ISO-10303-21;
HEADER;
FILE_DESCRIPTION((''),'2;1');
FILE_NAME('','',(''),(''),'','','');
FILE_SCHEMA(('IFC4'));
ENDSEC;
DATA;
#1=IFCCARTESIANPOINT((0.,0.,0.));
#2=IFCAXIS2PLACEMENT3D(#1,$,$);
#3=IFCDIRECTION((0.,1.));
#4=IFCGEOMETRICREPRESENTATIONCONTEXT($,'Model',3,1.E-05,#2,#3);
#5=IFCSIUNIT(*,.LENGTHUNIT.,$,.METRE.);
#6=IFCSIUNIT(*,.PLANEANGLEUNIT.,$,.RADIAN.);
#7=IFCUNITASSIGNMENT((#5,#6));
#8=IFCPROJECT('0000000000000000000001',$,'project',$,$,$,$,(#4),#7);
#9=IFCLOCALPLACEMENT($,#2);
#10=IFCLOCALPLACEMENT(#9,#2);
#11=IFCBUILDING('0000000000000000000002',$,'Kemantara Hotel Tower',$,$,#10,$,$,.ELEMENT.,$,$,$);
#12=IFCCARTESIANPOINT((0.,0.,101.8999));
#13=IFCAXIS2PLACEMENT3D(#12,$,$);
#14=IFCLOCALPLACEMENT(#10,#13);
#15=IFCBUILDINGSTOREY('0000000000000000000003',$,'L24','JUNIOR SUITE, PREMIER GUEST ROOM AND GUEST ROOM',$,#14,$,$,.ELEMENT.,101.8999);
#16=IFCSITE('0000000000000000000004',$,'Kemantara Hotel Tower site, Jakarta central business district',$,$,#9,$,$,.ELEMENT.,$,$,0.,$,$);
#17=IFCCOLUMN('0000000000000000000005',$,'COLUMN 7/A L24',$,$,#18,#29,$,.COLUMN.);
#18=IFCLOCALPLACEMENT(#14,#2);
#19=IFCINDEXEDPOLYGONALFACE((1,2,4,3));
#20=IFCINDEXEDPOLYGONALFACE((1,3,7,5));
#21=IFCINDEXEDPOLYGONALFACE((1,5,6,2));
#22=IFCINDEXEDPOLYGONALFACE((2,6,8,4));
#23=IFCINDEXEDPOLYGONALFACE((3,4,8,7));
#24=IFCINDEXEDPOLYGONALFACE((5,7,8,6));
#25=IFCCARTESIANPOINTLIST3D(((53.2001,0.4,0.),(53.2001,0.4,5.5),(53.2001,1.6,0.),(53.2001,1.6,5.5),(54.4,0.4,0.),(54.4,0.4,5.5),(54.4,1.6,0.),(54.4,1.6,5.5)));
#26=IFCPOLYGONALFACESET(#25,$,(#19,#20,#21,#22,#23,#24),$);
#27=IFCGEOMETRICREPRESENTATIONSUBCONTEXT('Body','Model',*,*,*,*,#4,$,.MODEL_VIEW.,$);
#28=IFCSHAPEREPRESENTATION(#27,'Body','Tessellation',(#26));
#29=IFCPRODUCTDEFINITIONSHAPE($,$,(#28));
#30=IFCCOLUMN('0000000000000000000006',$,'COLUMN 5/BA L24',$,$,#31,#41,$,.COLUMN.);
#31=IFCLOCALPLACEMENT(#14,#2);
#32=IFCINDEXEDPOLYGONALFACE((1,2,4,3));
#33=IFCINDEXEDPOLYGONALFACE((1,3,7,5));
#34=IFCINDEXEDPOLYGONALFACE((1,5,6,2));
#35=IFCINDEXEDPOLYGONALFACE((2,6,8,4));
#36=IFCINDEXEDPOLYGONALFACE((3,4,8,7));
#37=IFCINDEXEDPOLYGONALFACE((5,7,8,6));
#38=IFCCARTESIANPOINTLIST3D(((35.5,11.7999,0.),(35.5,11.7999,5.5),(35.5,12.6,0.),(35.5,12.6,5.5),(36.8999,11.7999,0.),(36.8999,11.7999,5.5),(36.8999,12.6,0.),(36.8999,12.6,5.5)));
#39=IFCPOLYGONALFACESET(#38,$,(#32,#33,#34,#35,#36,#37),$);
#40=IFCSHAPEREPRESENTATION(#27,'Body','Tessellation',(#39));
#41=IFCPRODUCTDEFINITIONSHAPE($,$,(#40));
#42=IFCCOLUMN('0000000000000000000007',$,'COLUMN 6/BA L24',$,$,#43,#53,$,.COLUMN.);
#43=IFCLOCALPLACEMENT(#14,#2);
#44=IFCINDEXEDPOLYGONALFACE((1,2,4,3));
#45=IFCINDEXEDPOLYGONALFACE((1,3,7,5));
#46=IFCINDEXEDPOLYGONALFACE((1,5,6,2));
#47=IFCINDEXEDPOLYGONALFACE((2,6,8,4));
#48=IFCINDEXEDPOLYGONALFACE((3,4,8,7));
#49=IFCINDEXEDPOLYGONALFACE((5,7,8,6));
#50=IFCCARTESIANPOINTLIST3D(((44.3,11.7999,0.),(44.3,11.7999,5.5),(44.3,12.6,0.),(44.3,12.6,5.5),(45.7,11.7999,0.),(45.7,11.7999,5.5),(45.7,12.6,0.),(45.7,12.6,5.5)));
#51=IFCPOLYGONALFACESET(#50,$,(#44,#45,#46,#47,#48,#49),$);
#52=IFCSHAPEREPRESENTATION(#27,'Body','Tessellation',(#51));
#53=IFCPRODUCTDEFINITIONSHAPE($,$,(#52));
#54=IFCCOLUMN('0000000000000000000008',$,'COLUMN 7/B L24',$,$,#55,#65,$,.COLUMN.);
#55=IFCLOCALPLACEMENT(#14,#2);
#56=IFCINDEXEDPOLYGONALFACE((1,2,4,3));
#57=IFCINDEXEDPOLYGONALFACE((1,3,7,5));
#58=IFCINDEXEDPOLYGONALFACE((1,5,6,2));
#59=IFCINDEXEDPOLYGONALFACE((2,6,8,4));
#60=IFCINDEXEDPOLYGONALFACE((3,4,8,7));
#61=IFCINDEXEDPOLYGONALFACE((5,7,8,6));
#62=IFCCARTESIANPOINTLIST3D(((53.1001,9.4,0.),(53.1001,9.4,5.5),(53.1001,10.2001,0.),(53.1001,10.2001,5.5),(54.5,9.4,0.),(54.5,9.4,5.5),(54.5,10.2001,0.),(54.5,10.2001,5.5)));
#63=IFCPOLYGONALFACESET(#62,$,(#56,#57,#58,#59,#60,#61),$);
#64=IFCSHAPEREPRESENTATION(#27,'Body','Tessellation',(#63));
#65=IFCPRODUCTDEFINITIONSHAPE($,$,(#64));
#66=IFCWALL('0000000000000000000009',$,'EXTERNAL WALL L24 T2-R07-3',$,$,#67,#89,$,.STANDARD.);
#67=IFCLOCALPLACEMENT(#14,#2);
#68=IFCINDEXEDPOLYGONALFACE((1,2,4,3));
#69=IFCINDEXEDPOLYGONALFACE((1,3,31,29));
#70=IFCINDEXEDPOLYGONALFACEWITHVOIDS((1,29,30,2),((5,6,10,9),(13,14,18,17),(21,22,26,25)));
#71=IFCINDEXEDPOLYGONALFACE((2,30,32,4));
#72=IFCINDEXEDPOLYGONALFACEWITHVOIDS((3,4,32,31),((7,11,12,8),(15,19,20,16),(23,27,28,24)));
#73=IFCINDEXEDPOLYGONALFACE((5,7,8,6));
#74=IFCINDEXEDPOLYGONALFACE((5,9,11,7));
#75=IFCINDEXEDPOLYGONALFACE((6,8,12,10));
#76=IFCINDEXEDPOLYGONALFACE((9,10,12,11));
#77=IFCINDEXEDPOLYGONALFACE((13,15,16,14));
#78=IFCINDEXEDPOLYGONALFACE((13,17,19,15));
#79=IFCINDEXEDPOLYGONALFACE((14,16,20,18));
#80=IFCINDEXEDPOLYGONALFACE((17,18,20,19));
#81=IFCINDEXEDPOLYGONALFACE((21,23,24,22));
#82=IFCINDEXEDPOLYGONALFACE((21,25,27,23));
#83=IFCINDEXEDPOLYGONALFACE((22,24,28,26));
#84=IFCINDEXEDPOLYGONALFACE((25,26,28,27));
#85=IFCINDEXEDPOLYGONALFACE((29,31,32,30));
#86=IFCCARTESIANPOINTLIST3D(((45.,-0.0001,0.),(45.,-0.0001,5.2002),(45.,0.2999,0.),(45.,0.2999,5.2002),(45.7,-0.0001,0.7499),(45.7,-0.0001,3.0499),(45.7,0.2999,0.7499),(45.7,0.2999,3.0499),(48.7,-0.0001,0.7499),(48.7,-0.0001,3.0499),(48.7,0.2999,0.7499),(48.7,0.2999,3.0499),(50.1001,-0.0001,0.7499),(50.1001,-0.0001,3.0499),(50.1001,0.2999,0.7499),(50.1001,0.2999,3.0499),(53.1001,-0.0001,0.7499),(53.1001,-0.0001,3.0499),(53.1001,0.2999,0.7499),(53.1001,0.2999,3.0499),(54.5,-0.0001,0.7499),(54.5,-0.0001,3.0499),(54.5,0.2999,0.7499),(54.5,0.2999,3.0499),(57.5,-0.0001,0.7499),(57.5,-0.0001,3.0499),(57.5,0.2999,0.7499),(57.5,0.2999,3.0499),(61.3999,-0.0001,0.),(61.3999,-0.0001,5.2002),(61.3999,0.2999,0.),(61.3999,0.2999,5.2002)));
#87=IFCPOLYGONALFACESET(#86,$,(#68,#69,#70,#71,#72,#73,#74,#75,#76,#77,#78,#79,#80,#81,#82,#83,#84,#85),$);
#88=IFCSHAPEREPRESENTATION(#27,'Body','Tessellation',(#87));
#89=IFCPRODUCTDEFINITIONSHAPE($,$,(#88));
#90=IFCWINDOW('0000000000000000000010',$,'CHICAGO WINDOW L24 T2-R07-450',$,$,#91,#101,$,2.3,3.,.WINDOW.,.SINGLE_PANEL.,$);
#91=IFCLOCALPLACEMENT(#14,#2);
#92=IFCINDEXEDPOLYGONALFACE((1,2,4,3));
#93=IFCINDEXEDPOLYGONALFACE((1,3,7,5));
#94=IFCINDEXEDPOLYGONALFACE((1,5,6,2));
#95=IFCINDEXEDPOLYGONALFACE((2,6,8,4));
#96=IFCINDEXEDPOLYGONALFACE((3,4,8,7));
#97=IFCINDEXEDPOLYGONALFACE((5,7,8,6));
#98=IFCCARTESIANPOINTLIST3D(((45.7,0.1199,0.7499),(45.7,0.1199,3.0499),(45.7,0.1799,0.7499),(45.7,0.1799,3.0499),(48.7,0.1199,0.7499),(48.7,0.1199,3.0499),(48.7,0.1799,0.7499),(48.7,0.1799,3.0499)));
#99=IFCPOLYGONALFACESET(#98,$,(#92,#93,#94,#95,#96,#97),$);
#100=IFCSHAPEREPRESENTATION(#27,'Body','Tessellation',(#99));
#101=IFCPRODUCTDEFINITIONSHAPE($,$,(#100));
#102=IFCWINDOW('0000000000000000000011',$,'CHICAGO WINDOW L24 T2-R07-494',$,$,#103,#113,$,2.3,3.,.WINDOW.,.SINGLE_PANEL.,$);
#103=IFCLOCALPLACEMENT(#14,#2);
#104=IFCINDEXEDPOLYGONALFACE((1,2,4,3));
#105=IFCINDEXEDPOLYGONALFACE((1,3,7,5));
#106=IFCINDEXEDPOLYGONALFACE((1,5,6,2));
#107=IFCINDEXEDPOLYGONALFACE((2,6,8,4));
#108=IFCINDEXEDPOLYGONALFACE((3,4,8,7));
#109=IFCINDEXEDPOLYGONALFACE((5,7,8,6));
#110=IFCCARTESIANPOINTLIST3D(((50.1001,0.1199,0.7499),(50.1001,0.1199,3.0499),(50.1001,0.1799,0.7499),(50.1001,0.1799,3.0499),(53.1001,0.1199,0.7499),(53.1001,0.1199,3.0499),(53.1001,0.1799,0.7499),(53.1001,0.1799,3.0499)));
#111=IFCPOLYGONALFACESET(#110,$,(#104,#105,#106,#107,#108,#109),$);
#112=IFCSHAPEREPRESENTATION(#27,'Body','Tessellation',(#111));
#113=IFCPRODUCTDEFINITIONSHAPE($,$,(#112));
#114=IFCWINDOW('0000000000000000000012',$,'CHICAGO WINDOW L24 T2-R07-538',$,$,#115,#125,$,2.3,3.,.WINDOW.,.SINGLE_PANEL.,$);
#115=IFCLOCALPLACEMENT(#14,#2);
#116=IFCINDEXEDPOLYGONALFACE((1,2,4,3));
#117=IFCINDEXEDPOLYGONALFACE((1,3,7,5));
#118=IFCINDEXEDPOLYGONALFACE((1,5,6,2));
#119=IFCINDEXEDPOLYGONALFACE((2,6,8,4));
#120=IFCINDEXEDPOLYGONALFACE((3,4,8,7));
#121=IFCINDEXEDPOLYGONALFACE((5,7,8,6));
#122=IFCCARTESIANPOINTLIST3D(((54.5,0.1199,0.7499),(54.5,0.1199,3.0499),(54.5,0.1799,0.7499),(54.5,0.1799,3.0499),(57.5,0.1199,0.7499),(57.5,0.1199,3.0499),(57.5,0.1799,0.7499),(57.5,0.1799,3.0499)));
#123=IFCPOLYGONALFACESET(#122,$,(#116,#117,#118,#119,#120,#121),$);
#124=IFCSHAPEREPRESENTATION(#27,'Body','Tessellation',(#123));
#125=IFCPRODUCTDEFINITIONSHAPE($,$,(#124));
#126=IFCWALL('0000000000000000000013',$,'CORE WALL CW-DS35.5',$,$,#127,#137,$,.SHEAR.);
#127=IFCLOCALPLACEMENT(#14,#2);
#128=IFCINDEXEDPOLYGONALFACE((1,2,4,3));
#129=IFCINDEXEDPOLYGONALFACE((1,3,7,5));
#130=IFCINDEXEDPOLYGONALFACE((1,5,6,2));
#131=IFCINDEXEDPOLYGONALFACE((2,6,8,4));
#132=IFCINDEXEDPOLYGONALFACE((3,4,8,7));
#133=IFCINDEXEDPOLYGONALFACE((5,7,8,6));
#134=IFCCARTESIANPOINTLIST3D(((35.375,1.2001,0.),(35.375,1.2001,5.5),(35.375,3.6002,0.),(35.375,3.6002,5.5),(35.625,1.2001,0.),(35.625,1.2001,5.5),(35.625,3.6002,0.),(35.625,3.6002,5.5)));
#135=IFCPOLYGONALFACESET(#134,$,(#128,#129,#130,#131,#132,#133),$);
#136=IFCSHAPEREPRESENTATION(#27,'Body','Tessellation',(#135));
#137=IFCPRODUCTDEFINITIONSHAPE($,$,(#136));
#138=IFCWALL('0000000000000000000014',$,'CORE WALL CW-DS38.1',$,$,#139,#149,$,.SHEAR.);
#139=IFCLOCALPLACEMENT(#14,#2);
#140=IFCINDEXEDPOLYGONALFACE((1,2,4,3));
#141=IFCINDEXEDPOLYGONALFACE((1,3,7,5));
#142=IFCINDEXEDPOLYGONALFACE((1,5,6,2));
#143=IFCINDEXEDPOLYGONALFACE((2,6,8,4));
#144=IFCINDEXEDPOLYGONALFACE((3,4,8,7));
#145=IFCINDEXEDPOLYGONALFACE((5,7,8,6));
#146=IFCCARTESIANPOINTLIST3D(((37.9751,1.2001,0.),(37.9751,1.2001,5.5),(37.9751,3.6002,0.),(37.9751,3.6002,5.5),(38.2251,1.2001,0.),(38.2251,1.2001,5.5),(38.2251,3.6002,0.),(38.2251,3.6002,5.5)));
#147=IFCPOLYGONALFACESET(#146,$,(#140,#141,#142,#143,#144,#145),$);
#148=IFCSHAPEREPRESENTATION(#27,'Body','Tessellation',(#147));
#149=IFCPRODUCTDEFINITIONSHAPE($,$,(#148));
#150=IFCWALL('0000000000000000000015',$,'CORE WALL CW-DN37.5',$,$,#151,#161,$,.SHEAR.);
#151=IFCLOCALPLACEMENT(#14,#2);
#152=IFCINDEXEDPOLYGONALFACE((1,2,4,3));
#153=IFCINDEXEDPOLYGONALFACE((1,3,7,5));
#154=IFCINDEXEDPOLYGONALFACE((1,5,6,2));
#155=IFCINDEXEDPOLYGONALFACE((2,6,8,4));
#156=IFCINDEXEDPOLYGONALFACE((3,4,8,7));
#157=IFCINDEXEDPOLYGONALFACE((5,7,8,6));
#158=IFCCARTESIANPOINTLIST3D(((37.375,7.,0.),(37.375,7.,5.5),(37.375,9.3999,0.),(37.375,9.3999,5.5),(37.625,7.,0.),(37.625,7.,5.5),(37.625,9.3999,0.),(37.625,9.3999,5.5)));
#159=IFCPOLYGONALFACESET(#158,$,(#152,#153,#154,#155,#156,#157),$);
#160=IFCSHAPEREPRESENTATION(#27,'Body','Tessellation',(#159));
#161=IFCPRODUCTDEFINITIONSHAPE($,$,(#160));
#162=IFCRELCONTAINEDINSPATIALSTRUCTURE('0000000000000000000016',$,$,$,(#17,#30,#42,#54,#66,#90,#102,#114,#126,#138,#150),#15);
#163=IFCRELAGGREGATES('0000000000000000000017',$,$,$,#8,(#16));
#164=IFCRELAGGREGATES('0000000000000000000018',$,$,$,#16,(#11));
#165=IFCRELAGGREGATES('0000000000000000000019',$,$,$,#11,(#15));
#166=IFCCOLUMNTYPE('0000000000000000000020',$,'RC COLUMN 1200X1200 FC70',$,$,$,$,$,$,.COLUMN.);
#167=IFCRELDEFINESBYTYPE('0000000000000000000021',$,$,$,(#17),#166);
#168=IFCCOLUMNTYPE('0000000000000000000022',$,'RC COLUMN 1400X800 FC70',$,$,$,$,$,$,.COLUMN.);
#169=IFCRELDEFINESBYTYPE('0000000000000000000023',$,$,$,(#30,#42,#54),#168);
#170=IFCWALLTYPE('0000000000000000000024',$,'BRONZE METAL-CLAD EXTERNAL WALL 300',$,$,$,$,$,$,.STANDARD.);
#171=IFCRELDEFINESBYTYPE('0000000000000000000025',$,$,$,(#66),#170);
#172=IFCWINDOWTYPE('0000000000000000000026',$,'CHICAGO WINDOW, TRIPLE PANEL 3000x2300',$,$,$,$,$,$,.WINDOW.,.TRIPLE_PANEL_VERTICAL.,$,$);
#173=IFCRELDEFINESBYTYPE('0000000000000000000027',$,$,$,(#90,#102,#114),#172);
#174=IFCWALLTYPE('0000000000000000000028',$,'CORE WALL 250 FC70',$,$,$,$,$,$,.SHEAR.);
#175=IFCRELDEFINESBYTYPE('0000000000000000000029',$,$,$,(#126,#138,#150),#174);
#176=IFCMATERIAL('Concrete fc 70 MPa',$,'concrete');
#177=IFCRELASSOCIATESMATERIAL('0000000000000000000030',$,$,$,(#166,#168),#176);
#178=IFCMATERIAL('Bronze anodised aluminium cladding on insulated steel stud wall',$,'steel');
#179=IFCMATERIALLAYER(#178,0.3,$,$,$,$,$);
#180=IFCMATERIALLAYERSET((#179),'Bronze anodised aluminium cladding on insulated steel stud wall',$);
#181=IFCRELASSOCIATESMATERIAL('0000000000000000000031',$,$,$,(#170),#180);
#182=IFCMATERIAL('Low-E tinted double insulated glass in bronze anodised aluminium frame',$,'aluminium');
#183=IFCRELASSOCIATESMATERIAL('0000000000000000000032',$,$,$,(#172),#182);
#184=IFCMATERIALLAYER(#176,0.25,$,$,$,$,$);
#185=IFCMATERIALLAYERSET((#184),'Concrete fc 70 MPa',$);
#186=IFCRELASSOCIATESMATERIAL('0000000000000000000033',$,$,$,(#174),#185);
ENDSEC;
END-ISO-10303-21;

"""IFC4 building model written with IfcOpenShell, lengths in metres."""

from ifc_helpers import new_model, si_unit, direction, frame, frame_2d, origin, origin_2d, place, context, subcontext, project, spatial, rectangle, extrude, material, layer, layer_set, material_profile, profile_set, type_object, element, fill, save


model = new_model("IFC4")

# Units and contexts
model_context = context("Model", 3, precision=1e-05, world=origin(), true_north=direction((0.0, 1.0)))
body_context = subcontext(model_context, "Body", "Model", "MODEL_VIEW")
ifc_project = project(units=[si_unit("LENGTHUNIT", "METRE"), si_unit("PLANEANGLEUNIT", "RADIAN")], contexts=[model_context])

# Site, building, storey
site_placement = place(None, origin())
site = spatial("IfcSite", under=ifc_project, at=site_placement, Name="Kemantara Hotel Tower site, Jakarta central business district", CompositionType="ELEMENT", RefElevation=0.0)
building_placement = place(site_placement, origin())
building = spatial("IfcBuilding", under=site, at=building_placement, Name="Kemantara Hotel Tower", CompositionType="ELEMENT")
storey_placement = place(building_placement, frame((0.0, 0.0, 101.8999)))
storey = spatial("IfcBuildingStorey", under=building, at=storey_placement, Name="L24", Description="JUNIOR SUITE, PREMIER GUEST ROOM AND GUEST ROOM", CompositionType="ELEMENT", Elevation=101.8999)

# Columns
ifc_material_1 = material(Name="Concrete fc 70 MPa", Category="concrete")
ifc_material_profile_1 = material_profile(ifc_material_1, rectangle(XDim=1.2, YDim=1.2, at=origin_2d()), Name="RC 1200X1200")
ifc_profile_set_1 = profile_set([ifc_material_profile_1], Name="Concrete fc 70 MPa")
column_type_1 = type_object("IfcColumnType", Name="RC COLUMN 1200X1200 FC70", PredefinedType="COLUMN", material=ifc_profile_set_1)
column_placement = place(storey_placement, frame((53.8, 1.0, 0.0), z_axis=(0.0, 0.0, 1.0), x_axis=(1.0, 0.0, 0.0)))
element("IfcColumn", 1, at=column_placement, inside=storey, type_object=column_type_1, Name="COLUMN 7/A L24", PredefinedType="COLUMN", context=body_context, shape_type="SweptSolid", body=[
    extrude(rectangle(XDim=1.2, YDim=1.2, at=origin_2d()), origin(), (0.0, 0.0, 1.0), 5.5),
])
ifc_material_profile_2 = material_profile(ifc_material_1, rectangle(XDim=1.3999, YDim=0.8, at=origin_2d()), Name="RC 1400X800")
ifc_profile_set_2 = profile_set([ifc_material_profile_2], Name="Concrete fc 70 MPa")
column_type_2 = type_object("IfcColumnType", Name="RC COLUMN 1400X800 FC70", PredefinedType="COLUMN", material=ifc_profile_set_2)
for number, where, z_axis, x_axis, name in (
    (2, (36.2, 12.2, 0.0), (0.0, 0.0, 1.0), (1.0, 0.0, 0.0), "COLUMN 5/BA L24"),
    (3, (45.0, 12.2, 0.0), (0.0, 0.0, 1.0), (1.0, 0.0, 0.0), "COLUMN 6/BA L24"),
    (4, (53.8, 9.8, 0.0), (0.0, 0.0, 1.0), (1.0, 0.0, 0.0), "COLUMN 7/B L24"),
):
    element("IfcColumn", number, at=place(storey_placement, frame(where, z_axis=z_axis, x_axis=x_axis)), inside=storey, type_object=column_type_2, Name=name, PredefinedType="COLUMN", context=body_context, shape_type="SweptSolid", body=[
        extrude(rectangle(XDim=1.3999, YDim=0.8, at=origin_2d()), origin(), (0.0, 0.0, 1.0), 5.5),
    ])

# Wall, openings, windows
ifc_material_2 = material(Name="Bronze anodised aluminium cladding on insulated steel stud wall", Category="steel")
ifc_layer_1 = layer(ifc_material_2, 0.3)
ifc_layer_set_1 = layer_set([ifc_layer_1], Name="Bronze anodised aluminium cladding on insulated steel stud wall")
wall_type_1 = type_object("IfcWallType", Name="BRONZE METAL-CLAD EXTERNAL WALL 300", PredefinedType="STANDARD", material=ifc_layer_set_1)
wall_1_placement = place(storey_placement, frame((45.0, 0.1499, 0.0), z_axis=(0.0, 0.0, 1.0), x_axis=(1.0, 0.0, 0.0)))
wall_1 = element("IfcWall", 5, at=wall_1_placement, inside=storey, type_object=wall_type_1, Name="EXTERNAL WALL L24 T2-R07-3", PredefinedType="STANDARD", context=body_context, shape_type="SweptSolid", body=[
    extrude(rectangle(XDim=16.3999, YDim=0.3, at=frame_2d((8.2, 0.0))), origin(), (0.0, 0.0, 1.0), 5.2002),
])
opening_1_placement = place(wall_1_placement, frame((0.7, 0.0, 0.75)))
opening_1 = element("IfcOpeningElement", 6, at=opening_1_placement, cuts=wall_1, PredefinedType="OPENING", context=body_context, shape_type="SweptSolid", body=[
    extrude(rectangle(XDim=3.0, YDim=2.3, at=frame_2d((1.5, 1.1499))), frame((0.0, 0.1599, 0.0), z_axis=(0.0, -1.0, 0.0), x_axis=(1.0, 0.0, 0.0)), (0.0, 0.0, 1.0), 0.3201),
])
opening_2_placement = place(wall_1_placement, frame((5.1001, 0.0, 0.75)))
opening_2 = element("IfcOpeningElement", 7, at=opening_2_placement, cuts=wall_1, PredefinedType="OPENING", context=body_context, shape_type="SweptSolid", body=[
    extrude(rectangle(XDim=3.0, YDim=2.3, at=frame_2d((1.5, 1.1499))), frame((0.0, 0.1599, 0.0), z_axis=(0.0, -1.0, 0.0), x_axis=(1.0, 0.0, 0.0)), (0.0, 0.0, 1.0), 0.3201),
])
opening_3_placement = place(wall_1_placement, frame((9.5, 0.0, 0.75)))
opening_3 = element("IfcOpeningElement", 8, at=opening_3_placement, cuts=wall_1, PredefinedType="OPENING", context=body_context, shape_type="SweptSolid", body=[
    extrude(rectangle(XDim=3.0, YDim=2.3, at=frame_2d((1.5, 1.1499))), frame((0.0, 0.1599, 0.0), z_axis=(0.0, -1.0, 0.0), x_axis=(1.0, 0.0, 0.0)), (0.0, 0.0, 1.0), 0.3201),
])
ifc_material_3 = material(Name="Low-E tinted double insulated glass in bronze anodised aluminium frame", Category="aluminium")
window_type = type_object("IfcWindowType", Name="CHICAGO WINDOW, TRIPLE PANEL 3000x2300", PartitioningType="TRIPLE_PANEL_VERTICAL", PredefinedType="WINDOW", material=ifc_material_3)
window_1_placement = place(opening_1_placement, origin())
window_1 = element("IfcWindow", 9, at=window_1_placement, inside=storey, type_object=window_type, Name="CHICAGO WINDOW L24 T2-R07-450", OverallHeight=2.3, OverallWidth=3.0, PartitioningType="SINGLE_PANEL", PredefinedType="WINDOW", context=body_context, shape_type="SweptSolid", body=[
    extrude(rectangle(XDim=3.0, YDim=2.3, at=frame_2d((1.5, 1.1499))), frame((0.0, 0.03, 0.0), z_axis=(0.0, -1.0, 0.0), x_axis=(1.0, 0.0, 0.0)), (0.0, 0.0, 1.0), 0.0601),
])
fill(opening_1, window_1)
window_2_placement = place(opening_2_placement, origin())
window_2 = element("IfcWindow", 10, at=window_2_placement, inside=storey, type_object=window_type, Name="CHICAGO WINDOW L24 T2-R07-494", OverallHeight=2.3, OverallWidth=3.0, PartitioningType="SINGLE_PANEL", PredefinedType="WINDOW", context=body_context, shape_type="SweptSolid", body=[
    extrude(rectangle(XDim=3.0, YDim=2.3, at=frame_2d((1.5, 1.1499))), frame((0.0, 0.03, 0.0), z_axis=(0.0, -1.0, 0.0), x_axis=(1.0, 0.0, 0.0)), (0.0, 0.0, 1.0), 0.0601),
])
fill(opening_2, window_2)
window_3_placement = place(opening_3_placement, origin())
window_3 = element("IfcWindow", 11, at=window_3_placement, inside=storey, type_object=window_type, Name="CHICAGO WINDOW L24 T2-R07-538", OverallHeight=2.3, OverallWidth=3.0, PartitioningType="SINGLE_PANEL", PredefinedType="WINDOW", context=body_context, shape_type="SweptSolid", body=[
    extrude(rectangle(XDim=3.0, YDim=2.3, at=frame_2d((1.5, 1.1499))), frame((0.0, 0.03, 0.0), z_axis=(0.0, -1.0, 0.0), x_axis=(1.0, 0.0, 0.0)), (0.0, 0.0, 1.0), 0.0601),
])
fill(opening_3, window_3)

# Walls
ifc_layer_2 = layer(ifc_material_1, 0.25)
ifc_layer_set_2 = layer_set([ifc_layer_2], Name="Concrete fc 70 MPa")
wall_type_2 = type_object("IfcWallType", Name="CORE WALL 250 FC70", PredefinedType="SHEAR", material=ifc_layer_set_2)
for number, where, z_axis, x_axis, name in (
    (12, (35.5, 1.2, 0.0), (0.0, 0.0, 1.0), (0.0, 1.0, 0.0), "CORE WALL CW-DS35.5"),
    (13, (38.1001, 1.2, 0.0), (0.0, 0.0, 1.0), (0.0, 1.0, 0.0), "CORE WALL CW-DS38.1"),
):
    element("IfcWall", number, at=place(storey_placement, frame(where, z_axis=z_axis, x_axis=x_axis)), inside=storey, type_object=wall_type_2, Name=name, PredefinedType="SHEAR", context=body_context, shape_type="SweptSolid", body=[
        extrude(rectangle(XDim=2.4001, YDim=0.25, at=frame_2d((1.2002, 0.0))), origin(), (0.0, 0.0, 1.0), 5.5),
    ])
wall_2_placement = place(storey_placement, frame((37.5, 7.0, 0.0), z_axis=(0.0, 0.0, 1.0), x_axis=(0.0, 1.0, 0.0)))
element("IfcWall", 14, at=wall_2_placement, inside=storey, type_object=wall_type_2, Name="CORE WALL CW-DN37.5", PredefinedType="SHEAR", context=body_context, shape_type="SweptSolid", body=[
    extrude(rectangle(XDim=2.3999, YDim=0.25, at=frame_2d((1.2, 0.0))), origin(), (0.0, 0.0, 1.0), 5.5),
])

save(model, "model.ifc")
